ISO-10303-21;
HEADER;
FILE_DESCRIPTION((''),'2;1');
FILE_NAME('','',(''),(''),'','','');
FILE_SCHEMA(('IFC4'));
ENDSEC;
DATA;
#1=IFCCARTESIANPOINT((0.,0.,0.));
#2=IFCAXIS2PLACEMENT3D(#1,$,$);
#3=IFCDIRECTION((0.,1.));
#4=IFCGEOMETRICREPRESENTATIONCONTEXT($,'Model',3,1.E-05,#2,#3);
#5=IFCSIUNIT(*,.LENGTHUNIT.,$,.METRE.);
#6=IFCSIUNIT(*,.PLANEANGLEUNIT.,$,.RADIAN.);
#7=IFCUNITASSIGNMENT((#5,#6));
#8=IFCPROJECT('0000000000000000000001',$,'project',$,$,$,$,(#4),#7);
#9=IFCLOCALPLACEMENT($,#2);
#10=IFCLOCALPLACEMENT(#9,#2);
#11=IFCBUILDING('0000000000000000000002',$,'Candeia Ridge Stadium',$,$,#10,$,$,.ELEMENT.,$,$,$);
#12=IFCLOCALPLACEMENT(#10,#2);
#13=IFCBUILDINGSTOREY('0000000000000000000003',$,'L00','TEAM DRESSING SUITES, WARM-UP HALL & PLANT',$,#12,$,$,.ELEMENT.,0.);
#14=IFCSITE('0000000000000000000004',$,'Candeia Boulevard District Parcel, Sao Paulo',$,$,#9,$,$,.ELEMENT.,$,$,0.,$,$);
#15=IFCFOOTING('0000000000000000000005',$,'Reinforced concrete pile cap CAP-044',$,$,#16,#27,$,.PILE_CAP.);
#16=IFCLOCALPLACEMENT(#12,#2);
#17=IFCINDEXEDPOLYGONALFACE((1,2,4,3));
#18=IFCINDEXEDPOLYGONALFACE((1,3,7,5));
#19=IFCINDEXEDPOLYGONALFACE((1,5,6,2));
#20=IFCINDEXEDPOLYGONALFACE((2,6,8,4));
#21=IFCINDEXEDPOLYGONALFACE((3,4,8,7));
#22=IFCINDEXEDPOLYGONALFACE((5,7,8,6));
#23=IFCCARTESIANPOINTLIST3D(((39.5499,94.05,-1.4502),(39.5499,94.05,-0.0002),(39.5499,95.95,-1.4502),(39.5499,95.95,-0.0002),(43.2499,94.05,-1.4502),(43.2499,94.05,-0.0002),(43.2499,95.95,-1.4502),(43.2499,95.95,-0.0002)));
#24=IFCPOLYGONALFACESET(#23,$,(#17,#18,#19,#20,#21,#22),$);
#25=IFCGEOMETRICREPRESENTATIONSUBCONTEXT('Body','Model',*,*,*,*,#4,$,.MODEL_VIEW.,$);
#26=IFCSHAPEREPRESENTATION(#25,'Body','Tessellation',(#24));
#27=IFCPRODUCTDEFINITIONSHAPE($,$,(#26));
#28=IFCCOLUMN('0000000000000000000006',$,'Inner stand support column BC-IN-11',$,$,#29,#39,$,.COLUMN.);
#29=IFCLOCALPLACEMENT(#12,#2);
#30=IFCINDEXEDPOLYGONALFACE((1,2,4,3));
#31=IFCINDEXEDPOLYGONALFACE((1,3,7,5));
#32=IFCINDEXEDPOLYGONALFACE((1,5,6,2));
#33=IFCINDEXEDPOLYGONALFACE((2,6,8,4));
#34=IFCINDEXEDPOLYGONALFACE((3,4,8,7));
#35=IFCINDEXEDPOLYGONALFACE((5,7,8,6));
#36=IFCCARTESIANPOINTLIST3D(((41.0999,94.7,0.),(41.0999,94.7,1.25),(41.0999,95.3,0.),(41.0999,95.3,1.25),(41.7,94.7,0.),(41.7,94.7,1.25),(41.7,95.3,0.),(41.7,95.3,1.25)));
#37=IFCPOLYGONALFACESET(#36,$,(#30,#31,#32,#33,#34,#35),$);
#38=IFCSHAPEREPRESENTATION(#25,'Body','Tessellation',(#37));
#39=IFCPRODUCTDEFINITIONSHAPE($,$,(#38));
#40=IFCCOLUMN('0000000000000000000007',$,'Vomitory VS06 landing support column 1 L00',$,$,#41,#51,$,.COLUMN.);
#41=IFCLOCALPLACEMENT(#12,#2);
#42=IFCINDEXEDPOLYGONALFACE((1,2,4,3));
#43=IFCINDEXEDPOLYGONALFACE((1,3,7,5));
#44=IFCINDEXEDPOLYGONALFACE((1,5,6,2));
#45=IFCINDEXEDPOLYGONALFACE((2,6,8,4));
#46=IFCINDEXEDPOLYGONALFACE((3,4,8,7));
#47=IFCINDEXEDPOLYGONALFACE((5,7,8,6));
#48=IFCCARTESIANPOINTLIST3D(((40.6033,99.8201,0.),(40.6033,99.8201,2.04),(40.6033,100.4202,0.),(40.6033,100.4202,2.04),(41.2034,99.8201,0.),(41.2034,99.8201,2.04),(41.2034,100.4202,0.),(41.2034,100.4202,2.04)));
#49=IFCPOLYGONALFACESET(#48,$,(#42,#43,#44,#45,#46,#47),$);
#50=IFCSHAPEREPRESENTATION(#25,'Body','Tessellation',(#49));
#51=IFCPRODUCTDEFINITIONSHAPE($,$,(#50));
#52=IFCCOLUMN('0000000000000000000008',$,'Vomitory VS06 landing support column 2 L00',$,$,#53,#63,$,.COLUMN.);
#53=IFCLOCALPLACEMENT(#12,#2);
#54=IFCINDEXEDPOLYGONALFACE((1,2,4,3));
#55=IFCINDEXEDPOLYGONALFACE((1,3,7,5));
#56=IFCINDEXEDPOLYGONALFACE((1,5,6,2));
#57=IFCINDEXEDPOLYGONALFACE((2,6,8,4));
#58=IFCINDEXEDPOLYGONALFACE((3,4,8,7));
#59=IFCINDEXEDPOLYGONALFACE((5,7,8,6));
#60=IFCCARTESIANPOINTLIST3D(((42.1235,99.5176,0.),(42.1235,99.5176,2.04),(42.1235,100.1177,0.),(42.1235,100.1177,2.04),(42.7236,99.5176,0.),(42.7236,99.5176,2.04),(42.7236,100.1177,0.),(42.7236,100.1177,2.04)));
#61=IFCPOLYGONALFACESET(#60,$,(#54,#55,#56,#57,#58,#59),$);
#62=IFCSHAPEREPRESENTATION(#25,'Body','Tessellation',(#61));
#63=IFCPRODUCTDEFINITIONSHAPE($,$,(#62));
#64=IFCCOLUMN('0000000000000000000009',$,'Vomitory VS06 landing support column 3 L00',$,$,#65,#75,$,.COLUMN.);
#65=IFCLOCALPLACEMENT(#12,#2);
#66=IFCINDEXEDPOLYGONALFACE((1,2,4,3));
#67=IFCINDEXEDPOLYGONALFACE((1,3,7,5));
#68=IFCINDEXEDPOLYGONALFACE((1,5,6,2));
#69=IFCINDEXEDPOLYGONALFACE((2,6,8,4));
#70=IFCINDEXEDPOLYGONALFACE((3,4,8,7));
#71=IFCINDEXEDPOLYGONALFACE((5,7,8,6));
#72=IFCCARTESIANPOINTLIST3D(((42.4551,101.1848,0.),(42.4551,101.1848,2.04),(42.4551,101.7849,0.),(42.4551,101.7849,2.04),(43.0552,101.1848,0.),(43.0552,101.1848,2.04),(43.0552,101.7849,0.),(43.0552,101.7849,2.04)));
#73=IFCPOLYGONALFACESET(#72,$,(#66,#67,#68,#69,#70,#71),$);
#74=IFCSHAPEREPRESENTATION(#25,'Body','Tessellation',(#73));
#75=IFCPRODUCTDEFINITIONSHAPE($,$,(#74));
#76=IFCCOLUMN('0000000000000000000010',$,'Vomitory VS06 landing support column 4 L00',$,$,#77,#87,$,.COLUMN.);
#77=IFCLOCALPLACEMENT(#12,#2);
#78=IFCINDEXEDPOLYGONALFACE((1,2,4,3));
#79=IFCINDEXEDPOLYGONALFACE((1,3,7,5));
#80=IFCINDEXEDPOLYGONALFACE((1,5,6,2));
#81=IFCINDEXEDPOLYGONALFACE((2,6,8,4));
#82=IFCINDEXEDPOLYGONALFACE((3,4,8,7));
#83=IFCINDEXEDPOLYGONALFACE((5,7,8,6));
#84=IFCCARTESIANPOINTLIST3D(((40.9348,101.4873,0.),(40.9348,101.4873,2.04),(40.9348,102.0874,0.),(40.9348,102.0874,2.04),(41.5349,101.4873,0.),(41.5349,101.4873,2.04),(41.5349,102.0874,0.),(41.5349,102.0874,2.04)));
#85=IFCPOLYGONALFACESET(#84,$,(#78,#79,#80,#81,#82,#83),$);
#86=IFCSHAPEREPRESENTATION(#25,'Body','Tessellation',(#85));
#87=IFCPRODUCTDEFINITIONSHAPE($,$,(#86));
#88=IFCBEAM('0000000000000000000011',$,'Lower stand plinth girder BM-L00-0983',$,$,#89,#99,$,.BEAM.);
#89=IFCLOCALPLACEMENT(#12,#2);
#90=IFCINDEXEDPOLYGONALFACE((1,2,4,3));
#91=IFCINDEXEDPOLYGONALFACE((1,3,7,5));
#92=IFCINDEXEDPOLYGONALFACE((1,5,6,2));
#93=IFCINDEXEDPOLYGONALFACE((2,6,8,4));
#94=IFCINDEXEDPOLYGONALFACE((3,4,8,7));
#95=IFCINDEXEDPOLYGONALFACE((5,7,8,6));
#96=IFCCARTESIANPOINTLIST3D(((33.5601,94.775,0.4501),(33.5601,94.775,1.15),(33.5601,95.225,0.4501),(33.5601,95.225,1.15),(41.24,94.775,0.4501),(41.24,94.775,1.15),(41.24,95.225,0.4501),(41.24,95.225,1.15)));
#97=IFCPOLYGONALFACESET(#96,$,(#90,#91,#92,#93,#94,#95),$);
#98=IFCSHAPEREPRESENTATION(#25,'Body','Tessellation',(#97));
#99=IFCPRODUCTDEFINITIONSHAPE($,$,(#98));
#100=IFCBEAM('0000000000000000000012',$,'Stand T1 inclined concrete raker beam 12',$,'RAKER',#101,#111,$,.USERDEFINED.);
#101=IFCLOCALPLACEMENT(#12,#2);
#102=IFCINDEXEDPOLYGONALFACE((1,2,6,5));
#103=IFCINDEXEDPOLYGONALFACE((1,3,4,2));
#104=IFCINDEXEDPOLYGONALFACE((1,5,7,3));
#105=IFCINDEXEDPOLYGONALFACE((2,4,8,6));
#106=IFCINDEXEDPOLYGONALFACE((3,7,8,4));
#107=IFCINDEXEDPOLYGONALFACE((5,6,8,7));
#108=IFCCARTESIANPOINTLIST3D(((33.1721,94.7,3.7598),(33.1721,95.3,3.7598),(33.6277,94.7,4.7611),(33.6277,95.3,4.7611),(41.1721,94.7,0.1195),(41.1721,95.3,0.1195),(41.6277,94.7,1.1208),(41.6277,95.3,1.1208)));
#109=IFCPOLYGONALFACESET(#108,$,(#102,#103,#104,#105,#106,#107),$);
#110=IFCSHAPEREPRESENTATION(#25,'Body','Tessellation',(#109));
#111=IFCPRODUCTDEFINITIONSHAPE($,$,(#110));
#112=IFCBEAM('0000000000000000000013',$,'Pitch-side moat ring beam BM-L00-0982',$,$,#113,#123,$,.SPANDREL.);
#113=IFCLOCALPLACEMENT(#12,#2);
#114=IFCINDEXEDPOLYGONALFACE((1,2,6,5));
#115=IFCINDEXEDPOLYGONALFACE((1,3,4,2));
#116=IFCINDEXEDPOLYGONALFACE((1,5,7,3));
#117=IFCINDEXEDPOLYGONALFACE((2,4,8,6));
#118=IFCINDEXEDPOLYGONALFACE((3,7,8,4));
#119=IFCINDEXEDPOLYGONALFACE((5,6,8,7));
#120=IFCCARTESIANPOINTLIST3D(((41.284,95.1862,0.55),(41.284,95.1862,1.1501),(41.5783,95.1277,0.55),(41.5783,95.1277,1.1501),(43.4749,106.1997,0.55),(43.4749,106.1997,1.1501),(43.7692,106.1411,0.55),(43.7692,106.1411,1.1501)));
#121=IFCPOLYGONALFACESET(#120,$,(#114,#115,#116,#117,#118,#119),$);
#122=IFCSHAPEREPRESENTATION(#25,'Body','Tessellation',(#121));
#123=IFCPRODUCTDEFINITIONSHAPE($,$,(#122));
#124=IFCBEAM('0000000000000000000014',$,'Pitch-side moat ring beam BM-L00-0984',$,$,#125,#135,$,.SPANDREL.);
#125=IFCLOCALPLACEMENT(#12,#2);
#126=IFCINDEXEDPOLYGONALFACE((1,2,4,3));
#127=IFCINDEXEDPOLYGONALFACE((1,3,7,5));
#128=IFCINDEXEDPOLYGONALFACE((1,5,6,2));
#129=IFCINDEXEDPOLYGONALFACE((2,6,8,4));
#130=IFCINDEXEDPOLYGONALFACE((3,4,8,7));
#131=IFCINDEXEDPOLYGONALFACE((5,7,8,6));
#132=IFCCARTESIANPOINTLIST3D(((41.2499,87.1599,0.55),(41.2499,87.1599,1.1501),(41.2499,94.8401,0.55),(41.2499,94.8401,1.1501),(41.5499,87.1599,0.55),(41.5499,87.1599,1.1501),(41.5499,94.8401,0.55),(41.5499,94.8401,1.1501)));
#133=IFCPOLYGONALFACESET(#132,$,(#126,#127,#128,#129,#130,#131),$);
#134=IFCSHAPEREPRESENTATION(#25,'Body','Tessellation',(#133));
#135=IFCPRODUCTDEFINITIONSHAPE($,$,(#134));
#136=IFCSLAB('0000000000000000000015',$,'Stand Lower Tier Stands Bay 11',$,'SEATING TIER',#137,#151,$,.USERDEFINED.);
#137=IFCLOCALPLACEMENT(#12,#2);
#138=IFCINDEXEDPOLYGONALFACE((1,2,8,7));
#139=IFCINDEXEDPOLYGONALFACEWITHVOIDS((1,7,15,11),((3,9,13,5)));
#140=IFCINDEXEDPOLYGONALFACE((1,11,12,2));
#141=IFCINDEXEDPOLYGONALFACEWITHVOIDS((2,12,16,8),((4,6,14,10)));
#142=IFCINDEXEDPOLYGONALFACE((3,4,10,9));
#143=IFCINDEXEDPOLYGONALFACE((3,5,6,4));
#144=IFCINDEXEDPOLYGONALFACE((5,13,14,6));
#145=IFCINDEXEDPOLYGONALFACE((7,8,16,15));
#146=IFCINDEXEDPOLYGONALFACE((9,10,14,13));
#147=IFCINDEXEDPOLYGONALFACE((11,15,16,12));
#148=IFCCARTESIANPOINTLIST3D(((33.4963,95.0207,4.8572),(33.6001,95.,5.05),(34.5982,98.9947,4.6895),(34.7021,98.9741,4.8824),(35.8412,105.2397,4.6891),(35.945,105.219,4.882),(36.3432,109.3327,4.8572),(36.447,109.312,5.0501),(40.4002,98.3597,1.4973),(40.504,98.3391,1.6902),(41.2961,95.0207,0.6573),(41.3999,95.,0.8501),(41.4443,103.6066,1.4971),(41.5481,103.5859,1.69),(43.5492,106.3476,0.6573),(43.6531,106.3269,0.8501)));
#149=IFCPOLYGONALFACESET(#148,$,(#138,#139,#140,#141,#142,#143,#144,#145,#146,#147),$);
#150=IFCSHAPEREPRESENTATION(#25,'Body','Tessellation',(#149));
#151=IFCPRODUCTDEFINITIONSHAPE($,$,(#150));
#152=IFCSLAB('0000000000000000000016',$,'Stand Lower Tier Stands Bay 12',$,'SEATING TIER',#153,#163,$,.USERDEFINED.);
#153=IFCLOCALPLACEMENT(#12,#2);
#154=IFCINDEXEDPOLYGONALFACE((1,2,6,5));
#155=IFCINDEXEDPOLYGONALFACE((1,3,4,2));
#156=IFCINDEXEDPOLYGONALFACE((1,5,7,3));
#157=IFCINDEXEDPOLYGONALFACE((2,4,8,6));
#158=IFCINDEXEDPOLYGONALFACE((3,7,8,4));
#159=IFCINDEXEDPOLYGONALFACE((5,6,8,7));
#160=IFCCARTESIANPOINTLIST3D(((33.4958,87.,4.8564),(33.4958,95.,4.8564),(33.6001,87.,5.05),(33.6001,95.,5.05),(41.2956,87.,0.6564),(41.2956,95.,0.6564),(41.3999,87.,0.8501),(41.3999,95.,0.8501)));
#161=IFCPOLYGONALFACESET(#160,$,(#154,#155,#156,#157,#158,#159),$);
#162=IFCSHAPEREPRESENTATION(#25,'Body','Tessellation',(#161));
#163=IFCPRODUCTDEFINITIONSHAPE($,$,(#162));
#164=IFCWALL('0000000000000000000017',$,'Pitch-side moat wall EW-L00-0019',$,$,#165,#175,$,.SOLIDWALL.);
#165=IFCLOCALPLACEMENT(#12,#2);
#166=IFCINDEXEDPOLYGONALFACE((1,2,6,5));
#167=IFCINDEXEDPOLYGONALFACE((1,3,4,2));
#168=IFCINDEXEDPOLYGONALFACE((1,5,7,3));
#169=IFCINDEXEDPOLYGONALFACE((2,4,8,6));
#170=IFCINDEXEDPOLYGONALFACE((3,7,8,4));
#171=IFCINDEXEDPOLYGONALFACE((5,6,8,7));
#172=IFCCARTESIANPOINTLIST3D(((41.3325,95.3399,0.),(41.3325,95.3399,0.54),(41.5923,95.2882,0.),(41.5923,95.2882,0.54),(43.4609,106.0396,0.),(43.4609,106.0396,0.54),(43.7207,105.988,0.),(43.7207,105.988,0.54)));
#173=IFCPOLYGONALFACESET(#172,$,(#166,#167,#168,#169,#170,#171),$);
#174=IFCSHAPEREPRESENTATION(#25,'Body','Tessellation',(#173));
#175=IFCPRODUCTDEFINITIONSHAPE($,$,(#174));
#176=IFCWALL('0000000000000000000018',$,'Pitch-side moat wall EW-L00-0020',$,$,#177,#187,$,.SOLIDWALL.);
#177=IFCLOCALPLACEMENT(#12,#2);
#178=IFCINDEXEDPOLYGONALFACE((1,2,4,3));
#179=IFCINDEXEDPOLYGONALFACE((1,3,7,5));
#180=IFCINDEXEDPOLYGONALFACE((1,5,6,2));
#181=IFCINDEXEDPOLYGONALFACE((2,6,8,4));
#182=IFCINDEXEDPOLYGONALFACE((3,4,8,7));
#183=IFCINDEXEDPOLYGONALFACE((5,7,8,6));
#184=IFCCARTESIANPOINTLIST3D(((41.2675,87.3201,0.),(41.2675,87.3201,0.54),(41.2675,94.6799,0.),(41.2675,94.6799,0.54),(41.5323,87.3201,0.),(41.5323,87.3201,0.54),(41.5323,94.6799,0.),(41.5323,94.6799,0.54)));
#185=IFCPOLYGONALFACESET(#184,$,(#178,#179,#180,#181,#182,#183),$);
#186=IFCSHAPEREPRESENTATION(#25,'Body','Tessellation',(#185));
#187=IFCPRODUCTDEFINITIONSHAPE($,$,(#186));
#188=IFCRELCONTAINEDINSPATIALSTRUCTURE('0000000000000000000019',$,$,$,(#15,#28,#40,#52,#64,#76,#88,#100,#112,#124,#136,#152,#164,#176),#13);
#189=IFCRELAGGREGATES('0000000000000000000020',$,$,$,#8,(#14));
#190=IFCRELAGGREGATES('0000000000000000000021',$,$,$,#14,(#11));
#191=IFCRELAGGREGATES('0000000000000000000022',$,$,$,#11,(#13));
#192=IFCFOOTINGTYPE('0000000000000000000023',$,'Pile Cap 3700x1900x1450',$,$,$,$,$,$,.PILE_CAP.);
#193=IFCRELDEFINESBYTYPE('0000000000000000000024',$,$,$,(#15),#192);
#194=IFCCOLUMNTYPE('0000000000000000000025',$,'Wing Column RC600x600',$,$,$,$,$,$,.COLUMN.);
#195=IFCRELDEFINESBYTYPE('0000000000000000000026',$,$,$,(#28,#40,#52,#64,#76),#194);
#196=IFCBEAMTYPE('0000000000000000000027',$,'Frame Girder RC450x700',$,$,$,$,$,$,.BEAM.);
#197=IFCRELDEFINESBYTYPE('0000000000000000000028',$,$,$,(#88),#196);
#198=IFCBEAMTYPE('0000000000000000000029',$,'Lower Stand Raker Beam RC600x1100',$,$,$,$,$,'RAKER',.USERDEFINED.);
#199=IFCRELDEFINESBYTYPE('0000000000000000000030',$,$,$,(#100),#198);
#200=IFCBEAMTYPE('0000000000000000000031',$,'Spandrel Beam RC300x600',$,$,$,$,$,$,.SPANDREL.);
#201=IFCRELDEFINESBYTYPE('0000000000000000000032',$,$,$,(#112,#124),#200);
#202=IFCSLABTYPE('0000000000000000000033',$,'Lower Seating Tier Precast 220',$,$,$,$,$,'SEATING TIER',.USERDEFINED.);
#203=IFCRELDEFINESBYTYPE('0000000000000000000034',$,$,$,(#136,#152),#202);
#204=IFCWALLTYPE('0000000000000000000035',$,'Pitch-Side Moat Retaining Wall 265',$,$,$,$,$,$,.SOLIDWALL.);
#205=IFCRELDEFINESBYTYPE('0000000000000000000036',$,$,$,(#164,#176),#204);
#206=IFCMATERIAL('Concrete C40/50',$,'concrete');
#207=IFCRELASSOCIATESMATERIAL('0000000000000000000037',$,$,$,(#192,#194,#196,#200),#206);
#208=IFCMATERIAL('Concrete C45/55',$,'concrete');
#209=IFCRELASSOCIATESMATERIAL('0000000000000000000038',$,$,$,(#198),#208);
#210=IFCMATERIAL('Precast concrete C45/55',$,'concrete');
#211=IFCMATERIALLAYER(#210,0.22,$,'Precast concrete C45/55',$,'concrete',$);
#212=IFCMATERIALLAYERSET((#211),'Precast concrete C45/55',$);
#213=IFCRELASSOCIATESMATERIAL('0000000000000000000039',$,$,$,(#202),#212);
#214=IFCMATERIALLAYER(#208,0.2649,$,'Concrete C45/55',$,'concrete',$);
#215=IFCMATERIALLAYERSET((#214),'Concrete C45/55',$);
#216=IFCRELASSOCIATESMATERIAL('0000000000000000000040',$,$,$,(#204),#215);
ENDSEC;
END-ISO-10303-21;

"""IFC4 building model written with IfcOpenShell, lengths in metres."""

from ifc_helpers import new_model, si_unit, direction, frame, frame_2d, origin, origin_2d, place, context, subcontext, project, spatial, polyline, rectangle, outline, extrude, material, layer, layer_set, material_profile, profile_set, type_object, element, save


model = new_model("IFC4")

# Units and contexts
model_context = context("Model", 3, precision=1e-05, world=origin(), true_north=direction((0.0, 1.0)))
body_context = subcontext(model_context, "Body", "Model", "MODEL_VIEW")
ifc_project = project(units=[si_unit("LENGTHUNIT", "METRE"), si_unit("PLANEANGLEUNIT", "RADIAN")], contexts=[model_context])

# Site, building, storey
site_placement = place(None, origin())
site = spatial("IfcSite", under=ifc_project, at=site_placement, Name="Candeia Boulevard District Parcel, Sao Paulo", CompositionType="ELEMENT", RefElevation=0.0)
building_placement = place(site_placement, origin())
building = spatial("IfcBuilding", under=site, at=building_placement, Name="Candeia Ridge Stadium", CompositionType="ELEMENT")
storey_placement = place(building_placement, origin())
storey = spatial("IfcBuildingStorey", under=building, at=storey_placement, Name="L00", Description="TEAM DRESSING SUITES, WARM-UP HALL & PLANT", CompositionType="ELEMENT", Elevation=0.0)

# Shared definitions
ifc_material_1 = material(Name="Concrete C40/50", Category="concrete")

# Footing
footing_type_1 = type_object("IfcFootingType", Name="Pile Cap 3700x1900x1450", PredefinedType="PILE_CAP", material=ifc_material_1)
footing_1_placement = place(storey_placement, frame((41.3999, 95.0, -1.4502), z_axis=(0.0, 0.0, 1.0), x_axis=(1.0, 0.0, 0.0)))
element("IfcFooting", 1, at=footing_1_placement, inside=storey, type_object=footing_type_1, Name="Reinforced concrete pile cap CAP-044", PredefinedType="PILE_CAP", context=body_context, shape_type="SweptSolid", body=[
    extrude(rectangle(XDim=3.7, YDim=1.8999, at=origin_2d()), origin(), (0.0, 0.0, 1.0), 1.45),
])

# Columns
ifc_material_profile_1 = material_profile(ifc_material_1, rectangle(XDim=0.6001, YDim=0.6001, at=origin_2d()), Name="RC600x600", Category="concrete")
ifc_profile_set_1 = profile_set([ifc_material_profile_1], Name="Concrete C40/50")
column_type = type_object("IfcColumnType", Name="Wing Column RC600x600", PredefinedType="COLUMN", material=ifc_profile_set_1)
column_placement = place(storey_placement, frame((41.3999, 95.0, 0.0), z_axis=(0.0, 0.0, 1.0), x_axis=(1.0, 0.0, 0.0)))
element("IfcColumn", 2, at=column_placement, inside=storey, type_object=column_type, Name="Inner stand support column BC-IN-11", PredefinedType="COLUMN", context=body_context, shape_type="SweptSolid", body=[
    extrude(rectangle(XDim=0.6001, YDim=0.6001, at=origin_2d()), origin(), (0.0, 0.0, 1.0), 1.25),
])
for number, where, z_axis, x_axis, name in (
    (3, (40.9033, 100.1201, 0.0), (0.0, 0.0, 1.0), (1.0, 0.0, 0.0), "Vomitory VS06 landing support column 1 L00"),
    (4, (42.4236, 99.8176, 0.0), (0.0, 0.0, 1.0), (1.0, 0.0, 0.0), "Vomitory VS06 landing support column 2 L00"),
    (5, (42.7551, 101.4849, 0.0), (0.0, 0.0, 1.0), (1.0, 0.0, 0.0), "Vomitory VS06 landing support column 3 L00"),
    (6, (41.2349, 101.7874, 0.0), (0.0, 0.0, 1.0), (1.0, 0.0, 0.0), "Vomitory VS06 landing support column 4 L00"),
):
    element("IfcColumn", number, at=place(storey_placement, frame(where, z_axis=z_axis, x_axis=x_axis)), inside=storey, type_object=column_type, Name=name, PredefinedType="COLUMN", context=body_context, shape_type="SweptSolid", body=[
        extrude(rectangle(XDim=0.6001, YDim=0.6001, at=origin_2d()), origin(), (0.0, 0.0, 1.0), 2.04),
    ])

# Beams
ifc_material_profile_2 = material_profile(ifc_material_1, rectangle(XDim=0.45, YDim=0.7, at=origin_2d()), Name="RC450x700", Category="concrete")
ifc_profile_set_2 = profile_set([ifc_material_profile_2], Name="Concrete C40/50")
beam_type_1 = type_object("IfcBeamType", Name="Frame Girder RC450x700", PredefinedType="BEAM", material=ifc_profile_set_2)
beam_1_placement = place(storey_placement, frame((41.24, 95.0, 0.8), z_axis=(-1.0, 0.0, 0.0), x_axis=(0.0, -1.0, 0.0)))
element("IfcBeam", 7, at=beam_1_placement, inside=storey, type_object=beam_type_1, Name="Lower stand plinth girder BM-L00-0983", PredefinedType="BEAM", context=body_context, shape_type="SweptSolid", body=[
    extrude(rectangle(XDim=0.45, YDim=0.7, at=origin_2d()), origin(), (0.0, 0.0, 1.0), 7.6799),
])
ifc_material_2 = material(Name="Concrete C45/55", Category="concrete")
ifc_material_profile_3 = material_profile(ifc_material_2, rectangle(XDim=0.6001, YDim=1.1001, at=origin_2d()), Name="RC600x1100", Category="concrete")
ifc_profile_set_3 = profile_set([ifc_material_profile_3], Name="Concrete C45/55")
beam_type_2 = type_object("IfcBeamType", Name="Lower Stand Raker Beam RC600x1100", ElementType="RAKER", PredefinedType="USERDEFINED", material=ifc_profile_set_3)
beam_2_placement = place(storey_placement, frame((41.3999, 95.0, 0.6201), z_axis=(-0.910194, 0.0, 0.414182), x_axis=(0.0, -1.0, 0.0)))
element("IfcBeam", 8, at=beam_2_placement, inside=storey, type_object=beam_type_2, Name="Stand T1 inclined concrete raker beam 12", ObjectType="RAKER", PredefinedType="USERDEFINED", context=body_context, shape_type="SweptSolid", body=[
    extrude(rectangle(XDim=0.6001, YDim=1.1001, at=origin_2d()), origin(), (0.0, 0.0, 1.0), 8.7893),
])
ifc_material_profile_4 = material_profile(ifc_material_1, rectangle(XDim=0.3, YDim=0.6001, at=origin_2d()), Name="RC300x600", Category="concrete")
ifc_profile_set_4 = profile_set([ifc_material_profile_4], Name="Concrete C40/50")
beam_type_3 = type_object("IfcBeamType", Name="Spandrel Beam RC300x600", PredefinedType="SPANDREL", material=ifc_profile_set_4)
beam_3_placement = place(storey_placement, frame((43.6221, 106.1704, 0.8501), z_axis=(-0.195108, -0.980782, 0.0), x_axis=(0.980782, -0.195108, 0.0)))
element("IfcBeam", 9, at=beam_3_placement, inside=storey, type_object=beam_type_3, Name="Pitch-side moat ring beam BM-L00-0982", PredefinedType="SPANDREL", context=body_context, shape_type="SweptSolid", body=[
    extrude(rectangle(XDim=0.3, YDim=0.6001, at=origin_2d()), origin(), (0.0, 0.0, 1.0), 11.2292),
])
beam_4_placement = place(storey_placement, frame((41.3999, 94.8401, 0.8501), z_axis=(0.0, -1.0, 0.0), x_axis=(1.0, 0.0, 0.0)))
element("IfcBeam", 10, at=beam_4_placement, inside=storey, type_object=beam_type_3, Name="Pitch-side moat ring beam BM-L00-0984", PredefinedType="SPANDREL", context=body_context, shape_type="SweptSolid", body=[
    extrude(rectangle(XDim=0.3, YDim=0.6001, at=origin_2d()), origin(), (0.0, 0.0, 1.0), 7.6802),
])

# Slabs
ifc_material_3 = material(Name="Precast concrete C45/55", Category="concrete")
ifc_layer_1 = layer(ifc_material_3, 0.22, Name="Precast concrete C45/55", Category="concrete")
ifc_layer_set_1 = layer_set([ifc_layer_1], Name="Precast concrete C45/55")
slab_type = type_object("IfcSlabType", Name="Lower Seating Tier Precast 220", ElementType="SEATING TIER", PredefinedType="USERDEFINED", material=ifc_layer_set_1)
slab_1_placement = place(storey_placement, frame((43.6531, 106.3269, 0.8501), z_axis=(0.472009, -0.093892, 0.876579), x_axis=(-0.195099, -0.980784, 0.000001)))
element("IfcSlab", 11, at=slab_1_placement, inside=storey, type_object=slab_type, Name="Stand Lower Tier Stands Bay 11", ObjectType="SEATING TIER", PredefinedType="USERDEFINED", context=body_context, shape_type="SweptSolid", body=[
    extrude(outline(polyline([(0.0, 0.0), (11.5488, 0.0), (13.0706, -8.727), (-1.5218, -8.7271), (0.0, 0.0)]), holes=[polyline([(3.099, -1.7451), (8.4487, -1.7456), (8.9579, -8.3786), (2.5904, -8.3778), (3.099, -1.7451)])]), origin(), (0.0, 0.0, -1.0), 0.22),
])
slab_2_placement = place(storey_placement, frame((41.3999, 95.0, 0.8501), z_axis=(0.474105, 0.0, 0.880468), x_axis=(0.0, -1.0, 0.0)))
element("IfcSlab", 12, at=slab_2_placement, inside=storey, type_object=slab_type, Name="Stand Lower Tier Stands Bay 12", ObjectType="SEATING TIER", PredefinedType="USERDEFINED", context=body_context, shape_type="SweptSolid", body=[
    extrude(outline(polyline([(0.0, 0.0), (8.0, 0.0), (8.0, -8.8587), (0.0, -8.8587), (0.0, 0.0)])), origin(), (0.0, 0.0, -1.0), 0.22),
])

# Walls
ifc_layer_2 = layer(ifc_material_2, 0.2649, Name="Concrete C45/55", Category="concrete")
ifc_layer_set_2 = layer_set([ifc_layer_2], Name="Concrete C45/55")
wall_type = type_object("IfcWallType", Name="Pitch-Side Moat Retaining Wall 265", PredefinedType="SOLIDWALL", material=ifc_layer_set_2)
wall_1_placement = place(storey_placement, frame((43.5908, 106.0137, 0.0), z_axis=(0.0, 0.0, 1.0), x_axis=(-0.1951, -0.980783, 0.0)))
element("IfcWall", 13, at=wall_1_placement, inside=storey, type_object=wall_type, Name="Pitch-side moat wall EW-L00-0019", PredefinedType="SOLIDWALL", context=body_context, shape_type="SweptSolid", body=[
    extrude(rectangle(XDim=10.9094, YDim=0.2649, at=frame_2d((5.4546, 0.0))), origin(), (0.0, 0.0, 1.0), 0.54),
])
wall_2_placement = place(storey_placement, frame((41.3999, 94.6799, 0.0), z_axis=(0.0, 0.0, 1.0), x_axis=(0.0, -1.0, 0.0)))
element("IfcWall", 14, at=wall_2_placement, inside=storey, type_object=wall_type, Name="Pitch-side moat wall EW-L00-0020", PredefinedType="SOLIDWALL", context=body_context, shape_type="SweptSolid", body=[
    extrude(rectangle(XDim=7.3599, YDim=0.2649, at=frame_2d((3.6799, 0.0))), origin(), (0.0, 0.0, 1.0), 0.54),
])

save(model, "model.ifc")
